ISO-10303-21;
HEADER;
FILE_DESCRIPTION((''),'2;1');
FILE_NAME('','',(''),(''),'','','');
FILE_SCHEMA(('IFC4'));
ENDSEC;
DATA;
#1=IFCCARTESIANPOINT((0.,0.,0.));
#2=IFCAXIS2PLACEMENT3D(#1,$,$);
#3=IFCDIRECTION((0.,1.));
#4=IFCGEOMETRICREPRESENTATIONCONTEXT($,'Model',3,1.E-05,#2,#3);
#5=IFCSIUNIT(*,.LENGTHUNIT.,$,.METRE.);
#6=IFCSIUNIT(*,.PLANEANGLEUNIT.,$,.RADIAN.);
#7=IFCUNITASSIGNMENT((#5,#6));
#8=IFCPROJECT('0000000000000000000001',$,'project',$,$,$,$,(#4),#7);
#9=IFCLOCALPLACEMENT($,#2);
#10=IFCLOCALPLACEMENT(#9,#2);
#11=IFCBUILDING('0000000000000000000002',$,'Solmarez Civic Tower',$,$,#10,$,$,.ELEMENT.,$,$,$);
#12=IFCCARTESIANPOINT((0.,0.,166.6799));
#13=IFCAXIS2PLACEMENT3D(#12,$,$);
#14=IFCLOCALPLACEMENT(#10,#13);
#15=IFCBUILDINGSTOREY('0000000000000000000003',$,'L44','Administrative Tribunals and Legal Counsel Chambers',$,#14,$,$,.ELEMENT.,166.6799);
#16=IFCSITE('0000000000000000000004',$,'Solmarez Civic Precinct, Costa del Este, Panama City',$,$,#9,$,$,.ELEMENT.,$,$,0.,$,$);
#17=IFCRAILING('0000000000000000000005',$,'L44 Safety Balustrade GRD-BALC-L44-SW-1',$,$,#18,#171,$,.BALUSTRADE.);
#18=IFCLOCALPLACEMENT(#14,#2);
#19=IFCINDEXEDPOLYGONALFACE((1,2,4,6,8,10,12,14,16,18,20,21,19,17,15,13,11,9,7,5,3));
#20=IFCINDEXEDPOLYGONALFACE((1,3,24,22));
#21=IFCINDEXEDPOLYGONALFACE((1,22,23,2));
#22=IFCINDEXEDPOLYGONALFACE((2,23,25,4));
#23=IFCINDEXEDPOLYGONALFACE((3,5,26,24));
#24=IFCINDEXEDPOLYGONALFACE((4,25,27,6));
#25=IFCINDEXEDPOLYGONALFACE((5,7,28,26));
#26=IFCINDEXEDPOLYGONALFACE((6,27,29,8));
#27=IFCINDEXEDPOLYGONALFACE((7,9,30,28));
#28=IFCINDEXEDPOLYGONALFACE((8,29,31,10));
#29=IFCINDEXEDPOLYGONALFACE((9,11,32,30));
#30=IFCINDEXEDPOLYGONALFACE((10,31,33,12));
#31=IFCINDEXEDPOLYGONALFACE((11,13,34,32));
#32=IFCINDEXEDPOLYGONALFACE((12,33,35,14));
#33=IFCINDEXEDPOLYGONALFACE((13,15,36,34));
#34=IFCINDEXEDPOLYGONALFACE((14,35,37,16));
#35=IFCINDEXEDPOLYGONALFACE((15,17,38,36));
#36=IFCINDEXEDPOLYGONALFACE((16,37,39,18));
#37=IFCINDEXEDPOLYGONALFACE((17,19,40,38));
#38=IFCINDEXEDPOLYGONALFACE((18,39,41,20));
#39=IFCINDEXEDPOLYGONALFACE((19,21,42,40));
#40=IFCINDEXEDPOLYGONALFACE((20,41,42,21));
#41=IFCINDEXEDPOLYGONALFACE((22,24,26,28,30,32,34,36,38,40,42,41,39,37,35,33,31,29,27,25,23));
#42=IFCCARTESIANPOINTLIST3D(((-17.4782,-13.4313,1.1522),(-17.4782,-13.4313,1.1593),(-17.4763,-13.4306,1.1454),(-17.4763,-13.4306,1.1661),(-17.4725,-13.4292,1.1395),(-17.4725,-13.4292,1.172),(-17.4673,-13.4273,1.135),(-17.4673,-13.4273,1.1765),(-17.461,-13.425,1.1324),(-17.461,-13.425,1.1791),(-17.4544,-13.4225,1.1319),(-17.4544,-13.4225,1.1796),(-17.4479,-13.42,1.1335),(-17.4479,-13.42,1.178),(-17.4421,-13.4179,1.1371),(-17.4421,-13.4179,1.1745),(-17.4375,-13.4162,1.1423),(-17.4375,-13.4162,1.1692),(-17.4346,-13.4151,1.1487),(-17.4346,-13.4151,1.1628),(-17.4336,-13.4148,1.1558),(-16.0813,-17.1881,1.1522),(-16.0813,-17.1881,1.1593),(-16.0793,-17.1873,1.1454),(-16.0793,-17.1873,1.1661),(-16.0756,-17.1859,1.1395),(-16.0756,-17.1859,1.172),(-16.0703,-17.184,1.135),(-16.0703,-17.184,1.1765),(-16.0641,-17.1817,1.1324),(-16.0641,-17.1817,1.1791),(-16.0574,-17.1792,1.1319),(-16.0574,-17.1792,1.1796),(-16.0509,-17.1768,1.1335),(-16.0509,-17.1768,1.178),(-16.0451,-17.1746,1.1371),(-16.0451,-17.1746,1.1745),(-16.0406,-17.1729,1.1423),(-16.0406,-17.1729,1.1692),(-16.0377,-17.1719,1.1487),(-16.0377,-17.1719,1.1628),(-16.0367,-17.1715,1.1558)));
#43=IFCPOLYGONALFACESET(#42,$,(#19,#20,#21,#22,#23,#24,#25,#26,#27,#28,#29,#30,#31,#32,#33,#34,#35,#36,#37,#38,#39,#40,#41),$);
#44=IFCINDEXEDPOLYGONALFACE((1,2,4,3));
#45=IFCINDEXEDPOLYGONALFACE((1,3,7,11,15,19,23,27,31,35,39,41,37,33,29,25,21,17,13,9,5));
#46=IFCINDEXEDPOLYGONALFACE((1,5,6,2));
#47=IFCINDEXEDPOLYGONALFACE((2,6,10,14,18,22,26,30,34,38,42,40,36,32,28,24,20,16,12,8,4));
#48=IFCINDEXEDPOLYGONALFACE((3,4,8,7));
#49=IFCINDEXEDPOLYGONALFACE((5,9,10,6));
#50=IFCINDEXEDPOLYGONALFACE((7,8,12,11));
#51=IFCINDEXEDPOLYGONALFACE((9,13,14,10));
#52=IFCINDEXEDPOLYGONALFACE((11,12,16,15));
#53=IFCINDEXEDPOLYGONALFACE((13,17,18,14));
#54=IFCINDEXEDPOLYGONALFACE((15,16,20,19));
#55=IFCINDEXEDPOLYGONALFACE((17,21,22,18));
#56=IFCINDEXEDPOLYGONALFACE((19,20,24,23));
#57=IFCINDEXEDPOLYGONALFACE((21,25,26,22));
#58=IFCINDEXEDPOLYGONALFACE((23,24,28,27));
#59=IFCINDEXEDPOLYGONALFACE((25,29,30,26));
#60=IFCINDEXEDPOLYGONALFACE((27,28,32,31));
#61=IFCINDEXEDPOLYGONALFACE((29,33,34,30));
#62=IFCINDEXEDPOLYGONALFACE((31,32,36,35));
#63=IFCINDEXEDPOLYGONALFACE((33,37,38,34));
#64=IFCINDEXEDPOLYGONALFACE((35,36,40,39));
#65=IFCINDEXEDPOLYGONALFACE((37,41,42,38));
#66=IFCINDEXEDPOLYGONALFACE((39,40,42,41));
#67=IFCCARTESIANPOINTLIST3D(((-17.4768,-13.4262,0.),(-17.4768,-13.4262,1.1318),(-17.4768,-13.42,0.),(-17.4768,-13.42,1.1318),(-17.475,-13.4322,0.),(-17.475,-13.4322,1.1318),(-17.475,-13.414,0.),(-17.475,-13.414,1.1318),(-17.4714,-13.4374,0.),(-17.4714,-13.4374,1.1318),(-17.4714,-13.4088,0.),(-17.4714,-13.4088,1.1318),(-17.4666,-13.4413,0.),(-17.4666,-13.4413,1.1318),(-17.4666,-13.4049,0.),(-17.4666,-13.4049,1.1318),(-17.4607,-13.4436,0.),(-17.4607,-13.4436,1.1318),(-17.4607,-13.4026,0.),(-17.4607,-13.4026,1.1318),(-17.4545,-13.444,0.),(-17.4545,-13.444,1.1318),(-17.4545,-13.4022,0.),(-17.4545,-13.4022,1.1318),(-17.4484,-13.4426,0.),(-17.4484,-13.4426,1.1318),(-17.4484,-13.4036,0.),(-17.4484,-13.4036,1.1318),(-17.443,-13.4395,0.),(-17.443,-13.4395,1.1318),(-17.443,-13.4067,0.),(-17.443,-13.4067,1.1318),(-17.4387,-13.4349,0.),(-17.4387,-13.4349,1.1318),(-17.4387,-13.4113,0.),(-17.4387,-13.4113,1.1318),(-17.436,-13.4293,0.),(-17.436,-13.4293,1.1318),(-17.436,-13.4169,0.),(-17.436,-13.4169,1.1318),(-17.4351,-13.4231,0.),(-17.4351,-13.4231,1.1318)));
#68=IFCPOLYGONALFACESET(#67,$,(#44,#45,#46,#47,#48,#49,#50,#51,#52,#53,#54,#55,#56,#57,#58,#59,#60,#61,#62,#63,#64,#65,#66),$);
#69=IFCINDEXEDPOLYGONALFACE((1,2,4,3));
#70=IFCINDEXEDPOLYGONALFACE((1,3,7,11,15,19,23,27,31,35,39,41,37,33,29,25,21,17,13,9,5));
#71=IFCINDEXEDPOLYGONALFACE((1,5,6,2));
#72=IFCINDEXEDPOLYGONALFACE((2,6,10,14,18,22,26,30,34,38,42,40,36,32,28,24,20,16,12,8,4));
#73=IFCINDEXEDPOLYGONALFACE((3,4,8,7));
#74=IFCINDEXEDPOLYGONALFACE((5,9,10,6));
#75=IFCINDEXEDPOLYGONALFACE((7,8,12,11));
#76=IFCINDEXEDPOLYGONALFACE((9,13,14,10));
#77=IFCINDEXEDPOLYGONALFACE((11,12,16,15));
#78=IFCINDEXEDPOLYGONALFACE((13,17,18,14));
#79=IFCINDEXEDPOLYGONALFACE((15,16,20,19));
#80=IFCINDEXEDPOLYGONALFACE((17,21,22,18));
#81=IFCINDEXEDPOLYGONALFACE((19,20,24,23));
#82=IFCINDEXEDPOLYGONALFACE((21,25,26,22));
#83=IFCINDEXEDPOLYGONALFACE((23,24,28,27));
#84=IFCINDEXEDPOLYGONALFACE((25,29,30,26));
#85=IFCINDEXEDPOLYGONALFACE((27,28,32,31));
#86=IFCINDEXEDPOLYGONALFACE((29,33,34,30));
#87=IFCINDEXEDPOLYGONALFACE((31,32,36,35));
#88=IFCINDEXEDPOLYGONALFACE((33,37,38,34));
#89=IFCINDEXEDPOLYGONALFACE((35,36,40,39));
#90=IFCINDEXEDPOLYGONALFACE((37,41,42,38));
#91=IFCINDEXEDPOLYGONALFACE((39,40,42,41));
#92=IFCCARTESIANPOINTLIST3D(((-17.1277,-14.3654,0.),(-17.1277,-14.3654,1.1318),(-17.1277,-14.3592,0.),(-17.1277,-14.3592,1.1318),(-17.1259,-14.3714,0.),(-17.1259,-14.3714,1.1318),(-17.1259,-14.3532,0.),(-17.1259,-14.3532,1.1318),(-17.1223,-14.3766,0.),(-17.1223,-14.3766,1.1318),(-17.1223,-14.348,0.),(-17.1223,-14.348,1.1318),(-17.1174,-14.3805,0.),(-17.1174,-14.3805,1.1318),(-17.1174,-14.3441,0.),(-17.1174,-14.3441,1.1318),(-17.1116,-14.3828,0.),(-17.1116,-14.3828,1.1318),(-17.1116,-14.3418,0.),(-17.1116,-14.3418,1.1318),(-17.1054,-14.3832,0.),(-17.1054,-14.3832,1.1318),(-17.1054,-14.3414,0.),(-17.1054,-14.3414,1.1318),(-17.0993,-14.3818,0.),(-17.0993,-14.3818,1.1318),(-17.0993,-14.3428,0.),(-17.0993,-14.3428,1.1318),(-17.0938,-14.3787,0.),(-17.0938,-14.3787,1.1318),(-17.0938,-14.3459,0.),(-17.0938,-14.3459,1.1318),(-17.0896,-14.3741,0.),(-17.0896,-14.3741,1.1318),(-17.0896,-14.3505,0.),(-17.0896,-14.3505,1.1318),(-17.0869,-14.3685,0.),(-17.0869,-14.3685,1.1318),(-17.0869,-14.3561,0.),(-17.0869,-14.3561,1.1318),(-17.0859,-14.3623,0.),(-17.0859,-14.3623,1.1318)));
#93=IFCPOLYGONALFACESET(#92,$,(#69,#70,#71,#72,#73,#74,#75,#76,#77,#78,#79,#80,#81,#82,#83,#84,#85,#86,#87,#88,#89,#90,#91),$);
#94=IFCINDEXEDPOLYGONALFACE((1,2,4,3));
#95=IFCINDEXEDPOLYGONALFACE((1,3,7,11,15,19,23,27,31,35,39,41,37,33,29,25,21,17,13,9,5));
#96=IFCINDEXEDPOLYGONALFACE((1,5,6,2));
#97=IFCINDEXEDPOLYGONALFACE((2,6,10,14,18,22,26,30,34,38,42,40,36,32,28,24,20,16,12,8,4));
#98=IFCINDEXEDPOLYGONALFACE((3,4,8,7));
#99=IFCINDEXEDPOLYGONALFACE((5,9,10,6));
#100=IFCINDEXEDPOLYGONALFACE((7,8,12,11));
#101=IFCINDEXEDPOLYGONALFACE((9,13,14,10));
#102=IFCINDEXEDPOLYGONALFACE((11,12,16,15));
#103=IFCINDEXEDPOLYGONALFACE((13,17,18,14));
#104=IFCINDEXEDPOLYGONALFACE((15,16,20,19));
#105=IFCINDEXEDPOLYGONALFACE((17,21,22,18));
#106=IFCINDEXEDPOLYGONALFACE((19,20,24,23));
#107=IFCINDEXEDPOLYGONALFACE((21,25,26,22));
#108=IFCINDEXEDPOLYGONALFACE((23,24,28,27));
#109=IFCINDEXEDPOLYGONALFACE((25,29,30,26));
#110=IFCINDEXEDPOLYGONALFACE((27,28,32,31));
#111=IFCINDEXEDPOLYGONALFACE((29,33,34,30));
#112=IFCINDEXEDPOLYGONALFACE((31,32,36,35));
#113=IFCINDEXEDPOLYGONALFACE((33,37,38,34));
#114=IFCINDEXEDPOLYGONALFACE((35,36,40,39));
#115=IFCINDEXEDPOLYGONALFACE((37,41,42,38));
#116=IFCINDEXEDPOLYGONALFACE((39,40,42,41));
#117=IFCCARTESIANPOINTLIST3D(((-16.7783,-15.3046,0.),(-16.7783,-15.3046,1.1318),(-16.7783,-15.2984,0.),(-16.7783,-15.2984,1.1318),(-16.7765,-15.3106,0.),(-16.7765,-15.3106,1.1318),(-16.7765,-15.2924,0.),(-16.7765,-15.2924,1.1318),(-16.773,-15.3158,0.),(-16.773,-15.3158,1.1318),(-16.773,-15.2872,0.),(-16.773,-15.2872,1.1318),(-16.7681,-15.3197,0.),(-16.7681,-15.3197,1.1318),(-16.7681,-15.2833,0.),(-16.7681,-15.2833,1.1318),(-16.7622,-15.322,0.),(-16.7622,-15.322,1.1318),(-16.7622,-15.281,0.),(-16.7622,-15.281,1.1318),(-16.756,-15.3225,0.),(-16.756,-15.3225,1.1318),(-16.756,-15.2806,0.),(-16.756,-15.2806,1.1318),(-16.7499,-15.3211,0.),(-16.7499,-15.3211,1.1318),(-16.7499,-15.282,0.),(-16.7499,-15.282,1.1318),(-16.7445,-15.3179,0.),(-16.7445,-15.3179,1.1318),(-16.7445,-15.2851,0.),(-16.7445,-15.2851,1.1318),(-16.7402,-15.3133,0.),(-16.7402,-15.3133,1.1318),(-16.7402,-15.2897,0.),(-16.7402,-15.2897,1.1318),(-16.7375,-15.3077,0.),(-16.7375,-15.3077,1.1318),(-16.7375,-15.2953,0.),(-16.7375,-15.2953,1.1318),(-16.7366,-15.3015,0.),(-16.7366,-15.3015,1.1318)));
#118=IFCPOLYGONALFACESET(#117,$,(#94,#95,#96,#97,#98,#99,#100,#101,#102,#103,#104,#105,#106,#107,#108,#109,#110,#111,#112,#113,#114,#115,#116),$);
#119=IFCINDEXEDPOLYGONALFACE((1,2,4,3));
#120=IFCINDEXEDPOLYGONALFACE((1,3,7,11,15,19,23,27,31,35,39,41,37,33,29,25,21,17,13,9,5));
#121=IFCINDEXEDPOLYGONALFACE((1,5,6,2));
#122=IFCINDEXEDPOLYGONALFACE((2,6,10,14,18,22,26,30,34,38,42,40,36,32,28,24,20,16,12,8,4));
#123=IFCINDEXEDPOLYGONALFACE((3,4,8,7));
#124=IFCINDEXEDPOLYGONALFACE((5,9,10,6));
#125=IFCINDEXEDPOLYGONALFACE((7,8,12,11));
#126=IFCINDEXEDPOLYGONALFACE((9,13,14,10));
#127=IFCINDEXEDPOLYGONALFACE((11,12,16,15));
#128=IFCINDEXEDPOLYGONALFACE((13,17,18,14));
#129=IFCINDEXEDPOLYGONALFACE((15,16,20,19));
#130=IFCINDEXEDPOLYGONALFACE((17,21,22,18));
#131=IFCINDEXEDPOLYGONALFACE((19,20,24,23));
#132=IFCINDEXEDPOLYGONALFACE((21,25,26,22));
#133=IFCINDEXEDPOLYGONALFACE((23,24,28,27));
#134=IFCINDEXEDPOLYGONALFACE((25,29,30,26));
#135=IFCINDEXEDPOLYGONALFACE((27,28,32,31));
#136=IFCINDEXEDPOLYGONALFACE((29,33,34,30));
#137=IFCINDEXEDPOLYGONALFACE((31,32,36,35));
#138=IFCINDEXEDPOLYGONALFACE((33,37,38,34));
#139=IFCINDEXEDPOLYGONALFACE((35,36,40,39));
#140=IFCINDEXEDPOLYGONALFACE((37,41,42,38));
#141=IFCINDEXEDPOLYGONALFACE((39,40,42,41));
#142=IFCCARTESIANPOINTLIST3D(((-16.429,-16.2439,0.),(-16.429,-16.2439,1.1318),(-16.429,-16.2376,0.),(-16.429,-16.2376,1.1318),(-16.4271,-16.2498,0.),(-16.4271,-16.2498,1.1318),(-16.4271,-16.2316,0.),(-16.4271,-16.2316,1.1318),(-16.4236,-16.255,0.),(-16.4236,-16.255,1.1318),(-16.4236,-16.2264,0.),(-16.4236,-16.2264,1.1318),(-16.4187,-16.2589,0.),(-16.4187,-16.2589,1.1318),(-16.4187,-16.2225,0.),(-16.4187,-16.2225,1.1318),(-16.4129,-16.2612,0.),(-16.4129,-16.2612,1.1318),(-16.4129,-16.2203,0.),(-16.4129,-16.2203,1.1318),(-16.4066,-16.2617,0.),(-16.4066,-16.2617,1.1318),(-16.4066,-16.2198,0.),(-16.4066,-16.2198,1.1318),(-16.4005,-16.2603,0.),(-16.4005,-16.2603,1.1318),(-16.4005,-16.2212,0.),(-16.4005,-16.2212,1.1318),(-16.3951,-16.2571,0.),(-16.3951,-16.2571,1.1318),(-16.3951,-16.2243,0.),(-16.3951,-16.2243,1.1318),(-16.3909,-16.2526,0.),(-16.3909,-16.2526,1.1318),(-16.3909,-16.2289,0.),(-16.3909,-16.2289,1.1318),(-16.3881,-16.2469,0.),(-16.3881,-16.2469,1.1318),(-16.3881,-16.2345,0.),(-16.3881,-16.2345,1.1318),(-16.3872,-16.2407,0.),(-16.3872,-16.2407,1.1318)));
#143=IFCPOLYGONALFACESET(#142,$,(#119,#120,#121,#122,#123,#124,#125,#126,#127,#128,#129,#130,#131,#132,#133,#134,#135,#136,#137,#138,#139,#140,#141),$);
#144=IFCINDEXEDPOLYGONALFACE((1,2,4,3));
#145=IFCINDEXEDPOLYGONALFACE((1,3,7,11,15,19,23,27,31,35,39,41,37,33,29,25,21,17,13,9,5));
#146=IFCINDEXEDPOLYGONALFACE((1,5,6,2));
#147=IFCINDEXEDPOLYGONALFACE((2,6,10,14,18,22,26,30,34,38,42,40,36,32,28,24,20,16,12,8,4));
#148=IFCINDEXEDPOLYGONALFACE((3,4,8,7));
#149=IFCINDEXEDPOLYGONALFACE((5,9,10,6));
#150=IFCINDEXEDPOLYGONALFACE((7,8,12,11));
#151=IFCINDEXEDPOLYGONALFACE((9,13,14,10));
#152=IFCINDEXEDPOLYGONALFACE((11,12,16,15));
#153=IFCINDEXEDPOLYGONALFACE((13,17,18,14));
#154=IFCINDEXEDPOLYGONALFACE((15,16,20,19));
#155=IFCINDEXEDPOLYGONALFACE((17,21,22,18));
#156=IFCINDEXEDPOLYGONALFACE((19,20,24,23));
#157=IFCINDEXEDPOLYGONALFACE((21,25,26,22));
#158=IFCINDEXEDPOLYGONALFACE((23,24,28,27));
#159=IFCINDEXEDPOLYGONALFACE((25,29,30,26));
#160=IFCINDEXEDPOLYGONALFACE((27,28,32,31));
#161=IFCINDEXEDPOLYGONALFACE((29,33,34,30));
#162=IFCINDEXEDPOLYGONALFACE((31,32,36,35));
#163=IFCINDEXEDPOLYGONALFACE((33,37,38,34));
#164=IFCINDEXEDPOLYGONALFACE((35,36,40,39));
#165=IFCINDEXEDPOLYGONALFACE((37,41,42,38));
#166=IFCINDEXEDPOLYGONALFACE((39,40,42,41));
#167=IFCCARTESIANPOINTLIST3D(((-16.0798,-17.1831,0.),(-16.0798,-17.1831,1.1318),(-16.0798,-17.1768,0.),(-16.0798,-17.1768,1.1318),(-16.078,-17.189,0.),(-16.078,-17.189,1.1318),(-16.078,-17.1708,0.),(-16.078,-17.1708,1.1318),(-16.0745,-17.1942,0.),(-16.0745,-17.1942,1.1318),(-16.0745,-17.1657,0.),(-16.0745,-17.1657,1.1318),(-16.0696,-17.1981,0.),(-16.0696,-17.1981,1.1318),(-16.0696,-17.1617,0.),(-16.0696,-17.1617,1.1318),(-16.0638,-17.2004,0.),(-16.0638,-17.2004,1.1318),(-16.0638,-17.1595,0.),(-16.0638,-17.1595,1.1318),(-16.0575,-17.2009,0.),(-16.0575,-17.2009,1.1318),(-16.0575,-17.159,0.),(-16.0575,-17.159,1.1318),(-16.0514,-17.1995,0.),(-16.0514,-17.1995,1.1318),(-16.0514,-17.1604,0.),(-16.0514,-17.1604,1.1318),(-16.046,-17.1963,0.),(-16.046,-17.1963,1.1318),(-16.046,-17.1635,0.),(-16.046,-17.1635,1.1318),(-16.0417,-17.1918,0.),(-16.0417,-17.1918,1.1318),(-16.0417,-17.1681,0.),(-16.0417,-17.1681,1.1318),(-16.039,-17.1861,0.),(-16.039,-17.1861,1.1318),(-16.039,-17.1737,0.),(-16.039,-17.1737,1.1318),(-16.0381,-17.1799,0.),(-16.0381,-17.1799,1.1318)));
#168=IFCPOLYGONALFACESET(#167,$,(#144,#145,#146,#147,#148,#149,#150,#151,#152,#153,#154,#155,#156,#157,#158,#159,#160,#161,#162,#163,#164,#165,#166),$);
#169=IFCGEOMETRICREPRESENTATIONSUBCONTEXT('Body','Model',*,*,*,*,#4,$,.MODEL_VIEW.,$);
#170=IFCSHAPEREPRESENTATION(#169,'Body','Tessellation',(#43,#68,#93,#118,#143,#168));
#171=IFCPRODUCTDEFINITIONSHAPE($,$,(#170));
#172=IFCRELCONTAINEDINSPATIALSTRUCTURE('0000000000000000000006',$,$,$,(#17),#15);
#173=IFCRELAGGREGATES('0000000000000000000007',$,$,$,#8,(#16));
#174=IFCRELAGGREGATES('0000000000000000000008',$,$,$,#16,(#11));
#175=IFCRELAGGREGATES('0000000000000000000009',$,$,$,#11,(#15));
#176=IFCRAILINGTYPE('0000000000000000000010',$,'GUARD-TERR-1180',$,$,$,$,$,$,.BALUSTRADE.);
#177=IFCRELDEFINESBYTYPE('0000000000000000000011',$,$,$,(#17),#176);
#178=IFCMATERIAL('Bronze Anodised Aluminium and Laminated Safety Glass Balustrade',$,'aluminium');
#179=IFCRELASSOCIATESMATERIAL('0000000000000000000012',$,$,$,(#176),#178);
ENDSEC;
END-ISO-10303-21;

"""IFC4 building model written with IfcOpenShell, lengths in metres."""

from ifc_helpers import new_model, si_unit, direction, frame, origin, origin_2d, place, context, subcontext, project, spatial, circle, extrude, material, type_object, element, save


model = new_model("IFC4")

# Units and contexts
model_context = context("Model", 3, precision=1e-05, world=origin(), true_north=direction((0.0, 1.0)))
body_context = subcontext(model_context, "Body", "Model", "MODEL_VIEW")
ifc_project = project(units=[si_unit("LENGTHUNIT", "METRE"), si_unit("PLANEANGLEUNIT", "RADIAN")], contexts=[model_context])

# Site, building, storey
site_placement = place(None, origin())
site = spatial("IfcSite", under=ifc_project, at=site_placement, Name="Solmarez Civic Precinct, Costa del Este, Panama City", CompositionType="ELEMENT", RefElevation=0.0)
building_placement = place(site_placement, origin())
building = spatial("IfcBuilding", under=site, at=building_placement, Name="Solmarez Civic Tower", CompositionType="ELEMENT")
storey_placement = place(building_placement, frame((0.0, 0.0, 166.6799)))
storey = spatial("IfcBuildingStorey", under=building, at=storey_placement, Name="L44", Description="Administrative Tribunals and Legal Counsel Chambers", CompositionType="ELEMENT", Elevation=166.6799)

# Railing
ifc_material_1 = material(Name="Bronze Anodised Aluminium and Laminated Safety Glass Balustrade", Category="aluminium")
railing_type = type_object("IfcRailingType", Name="GUARD-TERR-1180", PredefinedType="BALUSTRADE", material=ifc_material_1)
railing_1_placement = place(storey_placement, frame((-17.4561, -13.4231, 0.0)))
element("IfcRailing", 1, at=railing_1_placement, inside=storey, type_object=railing_type, Name="L44 Safety Balustrade GRD-BALC-L44-SW-1", PredefinedType="BALUSTRADE", context=body_context, shape_type="SweptSolid", body=[
    extrude(circle(Radius=0.0239, at=origin_2d()), frame((0.0, 0.0, 1.1558), z_axis=(0.348532, -0.937297, 0.0), x_axis=(0.937297, 0.348532, 0.0)), (0.0, 0.0, 1.0), 4.0081),
    extrude(circle(Radius=0.021, at=origin_2d()), origin(), (0.0, 0.0, 1.0), 1.1318),
    extrude(circle(Radius=0.021, at=origin_2d()), frame((0.3491, -0.9392, 0.0)), (0.0, 0.0, 1.0), 1.1318),
    extrude(circle(Radius=0.021, at=origin_2d()), frame((0.6985, -1.8784, 0.0)), (0.0, 0.0, 1.0), 1.1318),
    extrude(circle(Radius=0.021, at=origin_2d()), frame((1.0479, -2.8176, 0.0)), (0.0, 0.0, 1.0), 1.1318),
    extrude(circle(Radius=0.021, at=origin_2d()), frame((1.397, -3.7568, 0.0)), (0.0, 0.0, 1.0), 1.1318),
])

save(model, "model.ifc")
